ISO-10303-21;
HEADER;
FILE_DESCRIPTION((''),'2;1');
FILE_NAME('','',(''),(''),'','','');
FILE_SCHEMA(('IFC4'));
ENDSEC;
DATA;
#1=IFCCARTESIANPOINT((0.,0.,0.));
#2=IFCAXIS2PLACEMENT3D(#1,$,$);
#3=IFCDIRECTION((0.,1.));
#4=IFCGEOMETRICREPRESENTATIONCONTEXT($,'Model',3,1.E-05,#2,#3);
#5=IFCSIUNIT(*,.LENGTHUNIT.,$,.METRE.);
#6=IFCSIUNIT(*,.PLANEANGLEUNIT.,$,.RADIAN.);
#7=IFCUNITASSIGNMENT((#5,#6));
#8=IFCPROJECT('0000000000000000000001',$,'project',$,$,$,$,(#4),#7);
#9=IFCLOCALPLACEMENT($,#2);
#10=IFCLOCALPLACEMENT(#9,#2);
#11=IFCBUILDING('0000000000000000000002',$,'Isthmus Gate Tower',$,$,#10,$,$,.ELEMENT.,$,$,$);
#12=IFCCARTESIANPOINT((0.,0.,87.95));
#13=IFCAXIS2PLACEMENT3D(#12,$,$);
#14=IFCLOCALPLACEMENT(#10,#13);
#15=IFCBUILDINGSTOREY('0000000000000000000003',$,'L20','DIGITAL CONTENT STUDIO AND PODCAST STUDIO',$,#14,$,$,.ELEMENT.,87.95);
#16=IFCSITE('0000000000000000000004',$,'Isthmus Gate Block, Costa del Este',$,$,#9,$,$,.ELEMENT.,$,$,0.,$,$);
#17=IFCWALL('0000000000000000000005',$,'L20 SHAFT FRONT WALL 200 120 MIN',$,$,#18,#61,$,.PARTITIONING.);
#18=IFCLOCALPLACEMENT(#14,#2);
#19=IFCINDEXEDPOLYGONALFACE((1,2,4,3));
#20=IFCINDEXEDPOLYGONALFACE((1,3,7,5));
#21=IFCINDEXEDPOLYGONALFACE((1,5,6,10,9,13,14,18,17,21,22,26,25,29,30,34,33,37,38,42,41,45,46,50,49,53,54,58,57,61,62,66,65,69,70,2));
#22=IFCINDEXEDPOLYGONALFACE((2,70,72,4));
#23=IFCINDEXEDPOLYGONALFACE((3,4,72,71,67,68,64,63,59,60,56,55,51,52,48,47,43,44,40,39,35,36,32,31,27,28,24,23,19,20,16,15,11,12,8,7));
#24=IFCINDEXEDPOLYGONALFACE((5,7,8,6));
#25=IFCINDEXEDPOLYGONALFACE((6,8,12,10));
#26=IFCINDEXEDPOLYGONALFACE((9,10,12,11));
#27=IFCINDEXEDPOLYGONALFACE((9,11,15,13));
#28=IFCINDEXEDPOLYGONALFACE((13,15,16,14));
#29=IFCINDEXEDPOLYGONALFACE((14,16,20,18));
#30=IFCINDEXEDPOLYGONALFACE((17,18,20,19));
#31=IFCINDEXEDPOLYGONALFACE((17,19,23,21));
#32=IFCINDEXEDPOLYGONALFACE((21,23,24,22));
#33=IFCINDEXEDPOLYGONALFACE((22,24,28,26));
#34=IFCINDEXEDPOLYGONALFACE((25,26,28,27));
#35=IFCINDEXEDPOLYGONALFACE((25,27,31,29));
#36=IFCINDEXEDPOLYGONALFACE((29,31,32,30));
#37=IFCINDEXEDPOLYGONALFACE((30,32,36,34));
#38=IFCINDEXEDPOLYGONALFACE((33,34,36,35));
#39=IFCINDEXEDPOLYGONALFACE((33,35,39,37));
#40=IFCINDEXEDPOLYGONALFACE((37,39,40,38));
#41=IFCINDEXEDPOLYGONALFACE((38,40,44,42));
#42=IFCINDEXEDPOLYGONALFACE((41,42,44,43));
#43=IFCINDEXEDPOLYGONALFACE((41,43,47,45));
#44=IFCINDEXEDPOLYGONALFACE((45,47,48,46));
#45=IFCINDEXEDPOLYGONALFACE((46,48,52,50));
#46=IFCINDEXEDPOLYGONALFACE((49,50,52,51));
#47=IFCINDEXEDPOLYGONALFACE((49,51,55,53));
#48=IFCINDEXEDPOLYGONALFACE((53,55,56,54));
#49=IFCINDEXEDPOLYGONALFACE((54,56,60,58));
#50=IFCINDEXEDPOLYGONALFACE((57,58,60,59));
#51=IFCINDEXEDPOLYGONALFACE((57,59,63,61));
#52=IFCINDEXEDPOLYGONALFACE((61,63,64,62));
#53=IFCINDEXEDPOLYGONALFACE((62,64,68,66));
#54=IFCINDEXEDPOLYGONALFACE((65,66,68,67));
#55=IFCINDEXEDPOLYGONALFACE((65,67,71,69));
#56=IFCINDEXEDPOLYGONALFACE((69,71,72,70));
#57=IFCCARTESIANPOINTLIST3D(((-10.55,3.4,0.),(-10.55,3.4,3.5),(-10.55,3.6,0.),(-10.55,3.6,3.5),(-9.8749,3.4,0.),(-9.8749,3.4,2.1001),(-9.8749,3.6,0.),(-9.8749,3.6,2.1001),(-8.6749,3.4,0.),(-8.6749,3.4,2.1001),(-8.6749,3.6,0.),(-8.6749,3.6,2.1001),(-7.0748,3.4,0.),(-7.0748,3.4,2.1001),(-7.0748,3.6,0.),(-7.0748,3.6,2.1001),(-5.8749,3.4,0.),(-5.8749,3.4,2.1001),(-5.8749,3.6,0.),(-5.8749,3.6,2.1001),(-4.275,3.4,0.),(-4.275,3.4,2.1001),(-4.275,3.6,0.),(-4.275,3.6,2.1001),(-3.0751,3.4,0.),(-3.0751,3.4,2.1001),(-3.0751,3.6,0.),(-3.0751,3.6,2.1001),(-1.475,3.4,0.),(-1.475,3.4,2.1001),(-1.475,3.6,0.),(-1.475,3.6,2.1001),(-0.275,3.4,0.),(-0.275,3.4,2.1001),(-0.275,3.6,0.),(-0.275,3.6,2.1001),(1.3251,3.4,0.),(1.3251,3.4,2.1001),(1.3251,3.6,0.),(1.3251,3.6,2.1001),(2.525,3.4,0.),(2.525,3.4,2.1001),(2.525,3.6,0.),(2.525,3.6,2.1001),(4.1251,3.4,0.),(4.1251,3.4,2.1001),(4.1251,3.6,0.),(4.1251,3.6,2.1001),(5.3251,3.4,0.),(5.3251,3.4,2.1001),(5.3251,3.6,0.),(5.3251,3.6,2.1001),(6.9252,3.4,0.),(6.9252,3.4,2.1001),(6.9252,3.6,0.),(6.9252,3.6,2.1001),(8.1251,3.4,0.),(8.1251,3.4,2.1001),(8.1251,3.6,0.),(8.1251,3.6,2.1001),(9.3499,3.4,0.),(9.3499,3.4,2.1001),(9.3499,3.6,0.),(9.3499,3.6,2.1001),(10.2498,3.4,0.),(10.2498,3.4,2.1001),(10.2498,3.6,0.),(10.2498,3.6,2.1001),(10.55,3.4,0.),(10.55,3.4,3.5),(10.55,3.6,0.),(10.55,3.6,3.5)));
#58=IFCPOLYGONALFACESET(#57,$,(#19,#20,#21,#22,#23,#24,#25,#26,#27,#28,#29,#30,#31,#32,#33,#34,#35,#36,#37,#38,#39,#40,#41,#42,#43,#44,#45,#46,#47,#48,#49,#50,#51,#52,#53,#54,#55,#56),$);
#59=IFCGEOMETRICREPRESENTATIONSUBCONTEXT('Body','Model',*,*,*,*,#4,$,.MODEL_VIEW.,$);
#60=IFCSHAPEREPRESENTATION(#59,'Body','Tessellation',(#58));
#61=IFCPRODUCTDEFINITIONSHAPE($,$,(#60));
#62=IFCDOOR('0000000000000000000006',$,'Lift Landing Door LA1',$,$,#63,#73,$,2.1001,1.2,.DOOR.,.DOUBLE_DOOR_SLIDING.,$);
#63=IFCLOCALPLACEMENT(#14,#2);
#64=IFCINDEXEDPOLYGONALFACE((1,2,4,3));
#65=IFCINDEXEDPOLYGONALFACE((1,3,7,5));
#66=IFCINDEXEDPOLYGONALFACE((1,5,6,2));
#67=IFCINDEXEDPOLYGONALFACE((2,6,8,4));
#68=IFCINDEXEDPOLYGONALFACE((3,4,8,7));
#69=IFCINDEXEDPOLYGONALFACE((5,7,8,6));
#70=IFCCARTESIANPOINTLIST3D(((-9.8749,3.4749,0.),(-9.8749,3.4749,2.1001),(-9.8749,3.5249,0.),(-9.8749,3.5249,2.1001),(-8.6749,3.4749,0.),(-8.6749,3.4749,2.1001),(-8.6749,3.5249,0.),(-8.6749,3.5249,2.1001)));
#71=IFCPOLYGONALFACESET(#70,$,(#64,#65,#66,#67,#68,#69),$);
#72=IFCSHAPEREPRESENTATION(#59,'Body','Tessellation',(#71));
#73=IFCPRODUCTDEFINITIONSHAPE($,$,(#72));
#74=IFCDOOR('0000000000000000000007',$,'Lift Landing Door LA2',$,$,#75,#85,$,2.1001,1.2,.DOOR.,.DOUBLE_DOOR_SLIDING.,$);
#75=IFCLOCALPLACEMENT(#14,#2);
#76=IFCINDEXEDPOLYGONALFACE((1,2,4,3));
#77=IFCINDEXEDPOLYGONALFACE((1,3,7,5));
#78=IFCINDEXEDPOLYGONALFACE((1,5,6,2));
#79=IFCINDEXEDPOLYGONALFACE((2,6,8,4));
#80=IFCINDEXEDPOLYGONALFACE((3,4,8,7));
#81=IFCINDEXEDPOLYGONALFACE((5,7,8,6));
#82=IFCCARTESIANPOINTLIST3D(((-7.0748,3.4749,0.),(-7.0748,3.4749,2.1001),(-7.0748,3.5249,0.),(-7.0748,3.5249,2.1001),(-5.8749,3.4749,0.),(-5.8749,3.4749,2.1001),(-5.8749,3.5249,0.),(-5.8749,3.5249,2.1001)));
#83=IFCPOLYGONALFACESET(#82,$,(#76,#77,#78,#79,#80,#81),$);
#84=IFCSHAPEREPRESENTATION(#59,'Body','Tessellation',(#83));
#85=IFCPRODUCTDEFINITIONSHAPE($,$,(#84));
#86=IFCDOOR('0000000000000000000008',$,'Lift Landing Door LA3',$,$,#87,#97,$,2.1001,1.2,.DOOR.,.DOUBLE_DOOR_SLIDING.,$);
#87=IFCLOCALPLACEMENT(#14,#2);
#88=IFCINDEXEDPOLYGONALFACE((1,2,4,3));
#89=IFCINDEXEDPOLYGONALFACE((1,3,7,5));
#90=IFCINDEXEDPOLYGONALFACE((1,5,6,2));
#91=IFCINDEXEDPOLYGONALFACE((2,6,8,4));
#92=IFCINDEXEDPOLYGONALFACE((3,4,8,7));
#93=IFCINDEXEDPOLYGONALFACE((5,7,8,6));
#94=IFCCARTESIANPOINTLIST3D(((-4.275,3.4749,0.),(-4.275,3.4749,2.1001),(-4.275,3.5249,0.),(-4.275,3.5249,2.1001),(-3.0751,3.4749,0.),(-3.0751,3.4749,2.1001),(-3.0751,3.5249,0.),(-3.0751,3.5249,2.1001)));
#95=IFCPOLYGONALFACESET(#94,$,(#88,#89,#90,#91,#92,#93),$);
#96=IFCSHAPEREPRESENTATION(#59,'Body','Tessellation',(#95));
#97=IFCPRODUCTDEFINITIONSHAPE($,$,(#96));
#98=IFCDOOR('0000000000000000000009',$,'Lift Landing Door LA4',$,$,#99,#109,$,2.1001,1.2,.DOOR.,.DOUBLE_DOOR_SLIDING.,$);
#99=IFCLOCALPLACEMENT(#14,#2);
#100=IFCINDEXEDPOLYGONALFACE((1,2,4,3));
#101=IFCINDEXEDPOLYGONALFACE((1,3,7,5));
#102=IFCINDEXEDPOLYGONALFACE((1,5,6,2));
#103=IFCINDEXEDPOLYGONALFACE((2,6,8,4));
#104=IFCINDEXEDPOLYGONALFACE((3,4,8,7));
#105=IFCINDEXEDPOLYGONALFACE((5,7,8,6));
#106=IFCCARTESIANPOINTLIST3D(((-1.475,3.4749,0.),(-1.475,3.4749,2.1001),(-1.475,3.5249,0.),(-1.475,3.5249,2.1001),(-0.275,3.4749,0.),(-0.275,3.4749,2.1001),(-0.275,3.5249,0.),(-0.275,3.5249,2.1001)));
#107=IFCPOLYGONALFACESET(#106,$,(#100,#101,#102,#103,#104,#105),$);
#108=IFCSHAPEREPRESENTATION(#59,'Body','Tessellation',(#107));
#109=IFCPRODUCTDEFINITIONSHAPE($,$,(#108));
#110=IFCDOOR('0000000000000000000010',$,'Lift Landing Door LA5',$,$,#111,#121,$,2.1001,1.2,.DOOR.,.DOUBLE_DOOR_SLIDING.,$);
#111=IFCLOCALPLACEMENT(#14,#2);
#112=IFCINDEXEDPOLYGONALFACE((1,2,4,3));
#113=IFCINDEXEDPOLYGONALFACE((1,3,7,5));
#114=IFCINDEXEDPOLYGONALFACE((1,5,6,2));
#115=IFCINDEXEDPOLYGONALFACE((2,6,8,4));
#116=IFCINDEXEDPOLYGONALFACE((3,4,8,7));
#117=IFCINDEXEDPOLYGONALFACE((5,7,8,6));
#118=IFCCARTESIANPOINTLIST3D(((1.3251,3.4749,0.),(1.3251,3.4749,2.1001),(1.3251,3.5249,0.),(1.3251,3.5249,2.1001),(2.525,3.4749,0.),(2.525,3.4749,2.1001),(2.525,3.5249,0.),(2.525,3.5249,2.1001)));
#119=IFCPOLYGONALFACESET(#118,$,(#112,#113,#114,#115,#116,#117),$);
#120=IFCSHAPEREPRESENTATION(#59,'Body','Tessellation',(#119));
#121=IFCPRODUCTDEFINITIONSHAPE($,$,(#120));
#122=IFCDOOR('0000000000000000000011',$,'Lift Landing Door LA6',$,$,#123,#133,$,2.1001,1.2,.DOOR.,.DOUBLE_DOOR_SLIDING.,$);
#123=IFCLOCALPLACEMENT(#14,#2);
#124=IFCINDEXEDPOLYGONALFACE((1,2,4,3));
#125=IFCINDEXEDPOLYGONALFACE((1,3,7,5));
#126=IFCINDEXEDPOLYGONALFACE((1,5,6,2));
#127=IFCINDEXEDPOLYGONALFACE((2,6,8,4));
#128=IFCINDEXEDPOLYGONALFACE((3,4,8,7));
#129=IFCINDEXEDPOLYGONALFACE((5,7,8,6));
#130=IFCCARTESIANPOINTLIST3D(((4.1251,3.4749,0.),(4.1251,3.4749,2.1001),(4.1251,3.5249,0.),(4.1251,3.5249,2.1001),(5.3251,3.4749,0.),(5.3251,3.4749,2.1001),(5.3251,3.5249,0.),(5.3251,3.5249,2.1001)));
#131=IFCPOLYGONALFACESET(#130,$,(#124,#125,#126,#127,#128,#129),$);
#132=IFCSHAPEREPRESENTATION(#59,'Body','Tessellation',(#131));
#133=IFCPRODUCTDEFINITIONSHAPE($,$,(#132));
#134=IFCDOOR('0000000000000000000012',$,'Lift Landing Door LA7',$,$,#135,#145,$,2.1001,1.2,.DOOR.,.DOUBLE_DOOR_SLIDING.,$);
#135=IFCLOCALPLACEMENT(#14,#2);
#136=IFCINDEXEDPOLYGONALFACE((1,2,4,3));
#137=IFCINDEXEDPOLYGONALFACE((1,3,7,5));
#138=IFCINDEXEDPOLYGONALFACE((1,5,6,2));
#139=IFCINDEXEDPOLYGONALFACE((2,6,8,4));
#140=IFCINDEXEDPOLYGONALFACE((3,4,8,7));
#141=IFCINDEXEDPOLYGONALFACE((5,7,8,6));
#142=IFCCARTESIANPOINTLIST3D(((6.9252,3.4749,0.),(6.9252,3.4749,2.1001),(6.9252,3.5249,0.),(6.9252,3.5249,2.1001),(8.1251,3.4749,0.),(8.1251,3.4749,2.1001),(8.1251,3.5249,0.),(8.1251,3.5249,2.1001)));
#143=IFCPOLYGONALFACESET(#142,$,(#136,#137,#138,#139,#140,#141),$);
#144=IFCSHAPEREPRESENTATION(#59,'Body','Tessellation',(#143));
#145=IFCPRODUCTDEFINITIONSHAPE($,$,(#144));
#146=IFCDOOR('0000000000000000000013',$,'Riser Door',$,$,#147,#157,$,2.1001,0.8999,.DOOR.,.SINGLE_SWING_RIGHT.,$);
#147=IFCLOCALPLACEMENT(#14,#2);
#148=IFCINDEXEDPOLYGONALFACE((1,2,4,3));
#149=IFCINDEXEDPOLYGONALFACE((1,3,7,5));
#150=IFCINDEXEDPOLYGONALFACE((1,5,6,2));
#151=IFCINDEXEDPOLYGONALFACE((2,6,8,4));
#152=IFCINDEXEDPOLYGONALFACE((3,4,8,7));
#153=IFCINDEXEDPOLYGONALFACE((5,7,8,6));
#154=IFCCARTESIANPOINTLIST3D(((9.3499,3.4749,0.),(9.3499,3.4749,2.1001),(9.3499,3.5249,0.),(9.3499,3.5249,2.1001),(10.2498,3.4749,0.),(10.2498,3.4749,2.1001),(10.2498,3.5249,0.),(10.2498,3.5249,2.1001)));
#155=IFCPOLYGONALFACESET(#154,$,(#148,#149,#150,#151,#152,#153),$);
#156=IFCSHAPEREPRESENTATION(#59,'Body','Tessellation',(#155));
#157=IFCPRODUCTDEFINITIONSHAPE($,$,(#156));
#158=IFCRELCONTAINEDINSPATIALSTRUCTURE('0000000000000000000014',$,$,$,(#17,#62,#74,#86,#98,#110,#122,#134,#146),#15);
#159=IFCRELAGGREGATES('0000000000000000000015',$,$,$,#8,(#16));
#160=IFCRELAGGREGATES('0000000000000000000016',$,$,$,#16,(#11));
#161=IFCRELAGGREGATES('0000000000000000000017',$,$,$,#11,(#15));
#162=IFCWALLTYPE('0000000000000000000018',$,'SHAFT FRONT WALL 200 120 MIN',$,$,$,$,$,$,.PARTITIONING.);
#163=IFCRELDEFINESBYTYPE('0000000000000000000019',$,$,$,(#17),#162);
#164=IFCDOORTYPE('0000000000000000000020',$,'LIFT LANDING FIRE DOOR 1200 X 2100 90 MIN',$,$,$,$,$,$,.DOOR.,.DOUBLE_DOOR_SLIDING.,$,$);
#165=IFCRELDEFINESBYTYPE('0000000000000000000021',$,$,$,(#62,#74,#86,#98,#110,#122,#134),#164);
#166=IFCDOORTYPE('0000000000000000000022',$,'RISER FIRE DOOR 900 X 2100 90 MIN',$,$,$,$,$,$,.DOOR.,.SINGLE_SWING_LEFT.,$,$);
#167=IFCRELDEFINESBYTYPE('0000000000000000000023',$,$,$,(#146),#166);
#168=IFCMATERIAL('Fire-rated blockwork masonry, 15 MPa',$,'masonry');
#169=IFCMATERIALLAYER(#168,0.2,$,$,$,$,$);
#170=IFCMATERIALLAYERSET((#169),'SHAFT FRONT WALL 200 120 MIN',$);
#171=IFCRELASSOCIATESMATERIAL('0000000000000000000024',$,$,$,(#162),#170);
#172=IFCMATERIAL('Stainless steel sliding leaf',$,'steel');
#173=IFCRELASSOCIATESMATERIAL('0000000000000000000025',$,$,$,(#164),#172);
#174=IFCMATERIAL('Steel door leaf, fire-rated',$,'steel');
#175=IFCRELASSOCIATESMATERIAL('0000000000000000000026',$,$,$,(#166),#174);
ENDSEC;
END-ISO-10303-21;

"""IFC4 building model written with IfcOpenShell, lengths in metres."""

from ifc_helpers import new_model, si_unit, direction, frame, frame_2d, origin, place, context, subcontext, project, spatial, rectangle, extrude, material, layer, layer_set, type_object, element, fill, save


model = new_model("IFC4")

# Units and contexts
model_context = context("Model", 3, precision=1e-05, world=origin(), true_north=direction((0.0, 1.0)))
body_context = subcontext(model_context, "Body", "Model", "MODEL_VIEW")
ifc_project = project(units=[si_unit("LENGTHUNIT", "METRE"), si_unit("PLANEANGLEUNIT", "RADIAN")], contexts=[model_context])

# Site, building, storey
site_placement = place(None, origin())
site = spatial("IfcSite", under=ifc_project, at=site_placement, Name="Isthmus Gate Block, Costa del Este", CompositionType="ELEMENT", RefElevation=0.0)
building_placement = place(site_placement, origin())
building = spatial("IfcBuilding", under=site, at=building_placement, Name="Isthmus Gate Tower", CompositionType="ELEMENT")
storey_placement = place(building_placement, frame((0.0, 0.0, 87.95)))
storey = spatial("IfcBuildingStorey", under=building, at=storey_placement, Name="L20", Description="DIGITAL CONTENT STUDIO AND PODCAST STUDIO", CompositionType="ELEMENT", Elevation=87.95)

# Wall, openings, doors
ifc_material_1 = material(Name="Fire-rated blockwork masonry, 15 MPa", Category="masonry")
ifc_layer_1 = layer(ifc_material_1, 0.2)
ifc_layer_set_1 = layer_set([ifc_layer_1], Name="SHAFT FRONT WALL 200 120 MIN")
wall_type_1 = type_object("IfcWallType", Name="SHAFT FRONT WALL 200 120 MIN", PredefinedType="PARTITIONING", material=ifc_layer_set_1)
wall_1_placement = place(storey_placement, frame((-10.55, 3.5, 0.0), z_axis=(0.0, 0.0, 1.0), x_axis=(1.0, 0.0, 0.0)))
wall_1 = element("IfcWall", 1, at=wall_1_placement, inside=storey, type_object=wall_type_1, Name="L20 SHAFT FRONT WALL 200 120 MIN", PredefinedType="PARTITIONING", context=body_context, shape_type="SweptSolid", body=[
    extrude(rectangle(XDim=21.1001, YDim=0.2, at=frame_2d((10.55, 0.0))), origin(), (0.0, 0.0, 1.0), 3.5),
])
opening_1_placement = place(wall_1_placement, frame((0.675, 0.0, 0.0)))
opening_1 = element("IfcOpeningElement", 2, at=opening_1_placement, cuts=wall_1, PredefinedType="OPENING", context=body_context, shape_type="SweptSolid", body=[
    extrude(rectangle(XDim=1.2, YDim=2.1001, at=frame_2d((0.6001, 1.05))), frame((0.0, 0.1099, 0.0), z_axis=(0.0, -1.0, 0.0), x_axis=(1.0, 0.0, 0.0)), (0.0, 0.0, 1.0), 0.22),
])
opening_2_placement = place(wall_1_placement, frame((3.4751, 0.0, 0.0)))
opening_2 = element("IfcOpeningElement", 3, at=opening_2_placement, cuts=wall_1, PredefinedType="OPENING", context=body_context, shape_type="SweptSolid", body=[
    extrude(rectangle(XDim=1.2, YDim=2.1001, at=frame_2d((0.6001, 1.05))), frame((0.0, 0.1099, 0.0), z_axis=(0.0, -1.0, 0.0), x_axis=(1.0, 0.0, 0.0)), (0.0, 0.0, 1.0), 0.22),
])
opening_3_placement = place(wall_1_placement, frame((6.2749, 0.0, 0.0)))
opening_3 = element("IfcOpeningElement", 4, at=opening_3_placement, cuts=wall_1, PredefinedType="OPENING", context=body_context, shape_type="SweptSolid", body=[
    extrude(rectangle(XDim=1.2, YDim=2.1001, at=frame_2d((0.6001, 1.05))), frame((0.0, 0.1099, 0.0), z_axis=(0.0, -1.0, 0.0), x_axis=(1.0, 0.0, 0.0)), (0.0, 0.0, 1.0), 0.22),
])
opening_4_placement = place(wall_1_placement, frame((9.075, 0.0, 0.0)))
opening_4 = element("IfcOpeningElement", 5, at=opening_4_placement, cuts=wall_1, PredefinedType="OPENING", context=body_context, shape_type="SweptSolid", body=[
    extrude(rectangle(XDim=1.2, YDim=2.1001, at=frame_2d((0.6001, 1.05))), frame((0.0, 0.1099, 0.0), z_axis=(0.0, -1.0, 0.0), x_axis=(1.0, 0.0, 0.0)), (0.0, 0.0, 1.0), 0.22),
])
opening_5_placement = place(wall_1_placement, frame((11.875, 0.0, 0.0)))
opening_5 = element("IfcOpeningElement", 6, at=opening_5_placement, cuts=wall_1, PredefinedType="OPENING", context=body_context, shape_type="SweptSolid", body=[
    extrude(rectangle(XDim=1.2, YDim=2.1001, at=frame_2d((0.6001, 1.05))), frame((0.0, 0.1099, 0.0), z_axis=(0.0, -1.0, 0.0), x_axis=(1.0, 0.0, 0.0)), (0.0, 0.0, 1.0), 0.22),
])
opening_6_placement = place(wall_1_placement, frame((14.675, 0.0, 0.0)))
opening_6 = element("IfcOpeningElement", 7, at=opening_6_placement, cuts=wall_1, PredefinedType="OPENING", context=body_context, shape_type="SweptSolid", body=[
    extrude(rectangle(XDim=1.2, YDim=2.1001, at=frame_2d((0.6001, 1.05))), frame((0.0, 0.1099, 0.0), z_axis=(0.0, -1.0, 0.0), x_axis=(1.0, 0.0, 0.0)), (0.0, 0.0, 1.0), 0.22),
])
opening_7_placement = place(wall_1_placement, frame((17.4751, 0.0, 0.0)))
opening_7 = element("IfcOpeningElement", 8, at=opening_7_placement, cuts=wall_1, PredefinedType="OPENING", context=body_context, shape_type="SweptSolid", body=[
    extrude(rectangle(XDim=1.2, YDim=2.1001, at=frame_2d((0.6001, 1.05))), frame((0.0, 0.1099, 0.0), z_axis=(0.0, -1.0, 0.0), x_axis=(1.0, 0.0, 0.0)), (0.0, 0.0, 1.0), 0.22),
])
opening_8_placement = place(wall_1_placement, frame((19.8999, 0.0, 0.0)))
opening_8 = element("IfcOpeningElement", 9, at=opening_8_placement, cuts=wall_1, PredefinedType="OPENING", context=body_context, shape_type="SweptSolid", body=[
    extrude(rectangle(XDim=0.8999, YDim=2.1001, at=frame_2d((0.45, 1.05))), frame((0.0, 0.1099, 0.0), z_axis=(0.0, -1.0, 0.0), x_axis=(1.0, 0.0, 0.0)), (0.0, 0.0, 1.0), 0.22),
])
ifc_material_2 = material(Name="Stainless steel sliding leaf", Category="steel")
door_type_1 = type_object("IfcDoorType", Name="LIFT LANDING FIRE DOOR 1200 X 2100 90 MIN", OperationType="DOUBLE_DOOR_SLIDING", PredefinedType="DOOR", material=ifc_material_2)
door_1_placement = place(opening_1_placement, origin())
door_1 = element("IfcDoor", 10, at=door_1_placement, inside=storey, type_object=door_type_1, Name="Lift Landing Door LA1", OperationType="DOUBLE_DOOR_SLIDING", OverallHeight=2.1001, OverallWidth=1.2, PredefinedType="DOOR", context=body_context, shape_type="SweptSolid", body=[
    extrude(rectangle(XDim=1.2, YDim=2.1001, at=frame_2d((0.6001, 1.05))), frame((0.0, 0.0249, 0.0), z_axis=(0.0, -1.0, 0.0), x_axis=(1.0, 0.0, 0.0)), (0.0, 0.0, 1.0), 0.05),
])
fill(opening_1, door_1)
door_2_placement = place(opening_2_placement, origin())
door_2 = element("IfcDoor", 11, at=door_2_placement, inside=storey, type_object=door_type_1, Name="Lift Landing Door LA2", OperationType="DOUBLE_DOOR_SLIDING", OverallHeight=2.1001, OverallWidth=1.2, PredefinedType="DOOR", context=body_context, shape_type="SweptSolid", body=[
    extrude(rectangle(XDim=1.2, YDim=2.1001, at=frame_2d((0.6001, 1.05))), frame((0.0, 0.0249, 0.0), z_axis=(0.0, -1.0, 0.0), x_axis=(1.0, 0.0, 0.0)), (0.0, 0.0, 1.0), 0.05),
])
fill(opening_2, door_2)
door_3_placement = place(opening_3_placement, origin())
door_3 = element("IfcDoor", 12, at=door_3_placement, inside=storey, type_object=door_type_1, Name="Lift Landing Door LA3", OperationType="DOUBLE_DOOR_SLIDING", OverallHeight=2.1001, OverallWidth=1.2, PredefinedType="DOOR", context=body_context, shape_type="SweptSolid", body=[
    extrude(rectangle(XDim=1.2, YDim=2.1001, at=frame_2d((0.6001, 1.05))), frame((0.0, 0.0249, 0.0), z_axis=(0.0, -1.0, 0.0), x_axis=(1.0, 0.0, 0.0)), (0.0, 0.0, 1.0), 0.05),
])
fill(opening_3, door_3)
door_4_placement = place(opening_4_placement, origin())
door_4 = element("IfcDoor", 13, at=door_4_placement, inside=storey, type_object=door_type_1, Name="Lift Landing Door LA4", OperationType="DOUBLE_DOOR_SLIDING", OverallHeight=2.1001, OverallWidth=1.2, PredefinedType="DOOR", context=body_context, shape_type="SweptSolid", body=[
    extrude(rectangle(XDim=1.2, YDim=2.1001, at=frame_2d((0.6001, 1.05))), frame((0.0, 0.0249, 0.0), z_axis=(0.0, -1.0, 0.0), x_axis=(1.0, 0.0, 0.0)), (0.0, 0.0, 1.0), 0.05),
])
fill(opening_4, door_4)
door_5_placement = place(opening_5_placement, origin())
door_5 = element("IfcDoor", 14, at=door_5_placement, inside=storey, type_object=door_type_1, Name="Lift Landing Door LA5", OperationType="DOUBLE_DOOR_SLIDING", OverallHeight=2.1001, OverallWidth=1.2, PredefinedType="DOOR", context=body_context, shape_type="SweptSolid", body=[
    extrude(rectangle(XDim=1.2, YDim=2.1001, at=frame_2d((0.6001, 1.05))), frame((0.0, 0.0249, 0.0), z_axis=(0.0, -1.0, 0.0), x_axis=(1.0, 0.0, 0.0)), (0.0, 0.0, 1.0), 0.05),
])
fill(opening_5, door_5)
door_6_placement = place(opening_6_placement, origin())
door_6 = element("IfcDoor", 15, at=door_6_placement, inside=storey, type_object=door_type_1, Name="Lift Landing Door LA6", OperationType="DOUBLE_DOOR_SLIDING", OverallHeight=2.1001, OverallWidth=1.2, PredefinedType="DOOR", context=body_context, shape_type="SweptSolid", body=[
    extrude(rectangle(XDim=1.2, YDim=2.1001, at=frame_2d((0.6001, 1.05))), frame((0.0, 0.0249, 0.0), z_axis=(0.0, -1.0, 0.0), x_axis=(1.0, 0.0, 0.0)), (0.0, 0.0, 1.0), 0.05),
])
fill(opening_6, door_6)
door_7_placement = place(opening_7_placement, origin())
door_7 = element("IfcDoor", 16, at=door_7_placement, inside=storey, type_object=door_type_1, Name="Lift Landing Door LA7", OperationType="DOUBLE_DOOR_SLIDING", OverallHeight=2.1001, OverallWidth=1.2, PredefinedType="DOOR", context=body_context, shape_type="SweptSolid", body=[
    extrude(rectangle(XDim=1.2, YDim=2.1001, at=frame_2d((0.6001, 1.05))), frame((0.0, 0.0249, 0.0), z_axis=(0.0, -1.0, 0.0), x_axis=(1.0, 0.0, 0.0)), (0.0, 0.0, 1.0), 0.05),
])
fill(opening_7, door_7)
ifc_material_3 = material(Name="Steel door leaf, fire-rated", Category="steel")
door_type_2 = type_object("IfcDoorType", Name="RISER FIRE DOOR 900 X 2100 90 MIN", OperationType="SINGLE_SWING_LEFT", PredefinedType="DOOR", material=ifc_material_3)
door_8_placement = place(opening_8_placement, origin())
door_8 = element("IfcDoor", 17, at=door_8_placement, inside=storey, type_object=door_type_2, Name="Riser Door", OperationType="SINGLE_SWING_RIGHT", OverallHeight=2.1001, OverallWidth=0.8999, PredefinedType="DOOR", context=body_context, shape_type="SweptSolid", body=[
    extrude(rectangle(XDim=0.8999, YDim=2.1001, at=frame_2d((0.45, 1.05))), frame((0.0, 0.0249, 0.0), z_axis=(0.0, -1.0, 0.0), x_axis=(1.0, 0.0, 0.0)), (0.0, 0.0, 1.0), 0.05),
])
fill(opening_8, door_8)

save(model, "model.ifc")
